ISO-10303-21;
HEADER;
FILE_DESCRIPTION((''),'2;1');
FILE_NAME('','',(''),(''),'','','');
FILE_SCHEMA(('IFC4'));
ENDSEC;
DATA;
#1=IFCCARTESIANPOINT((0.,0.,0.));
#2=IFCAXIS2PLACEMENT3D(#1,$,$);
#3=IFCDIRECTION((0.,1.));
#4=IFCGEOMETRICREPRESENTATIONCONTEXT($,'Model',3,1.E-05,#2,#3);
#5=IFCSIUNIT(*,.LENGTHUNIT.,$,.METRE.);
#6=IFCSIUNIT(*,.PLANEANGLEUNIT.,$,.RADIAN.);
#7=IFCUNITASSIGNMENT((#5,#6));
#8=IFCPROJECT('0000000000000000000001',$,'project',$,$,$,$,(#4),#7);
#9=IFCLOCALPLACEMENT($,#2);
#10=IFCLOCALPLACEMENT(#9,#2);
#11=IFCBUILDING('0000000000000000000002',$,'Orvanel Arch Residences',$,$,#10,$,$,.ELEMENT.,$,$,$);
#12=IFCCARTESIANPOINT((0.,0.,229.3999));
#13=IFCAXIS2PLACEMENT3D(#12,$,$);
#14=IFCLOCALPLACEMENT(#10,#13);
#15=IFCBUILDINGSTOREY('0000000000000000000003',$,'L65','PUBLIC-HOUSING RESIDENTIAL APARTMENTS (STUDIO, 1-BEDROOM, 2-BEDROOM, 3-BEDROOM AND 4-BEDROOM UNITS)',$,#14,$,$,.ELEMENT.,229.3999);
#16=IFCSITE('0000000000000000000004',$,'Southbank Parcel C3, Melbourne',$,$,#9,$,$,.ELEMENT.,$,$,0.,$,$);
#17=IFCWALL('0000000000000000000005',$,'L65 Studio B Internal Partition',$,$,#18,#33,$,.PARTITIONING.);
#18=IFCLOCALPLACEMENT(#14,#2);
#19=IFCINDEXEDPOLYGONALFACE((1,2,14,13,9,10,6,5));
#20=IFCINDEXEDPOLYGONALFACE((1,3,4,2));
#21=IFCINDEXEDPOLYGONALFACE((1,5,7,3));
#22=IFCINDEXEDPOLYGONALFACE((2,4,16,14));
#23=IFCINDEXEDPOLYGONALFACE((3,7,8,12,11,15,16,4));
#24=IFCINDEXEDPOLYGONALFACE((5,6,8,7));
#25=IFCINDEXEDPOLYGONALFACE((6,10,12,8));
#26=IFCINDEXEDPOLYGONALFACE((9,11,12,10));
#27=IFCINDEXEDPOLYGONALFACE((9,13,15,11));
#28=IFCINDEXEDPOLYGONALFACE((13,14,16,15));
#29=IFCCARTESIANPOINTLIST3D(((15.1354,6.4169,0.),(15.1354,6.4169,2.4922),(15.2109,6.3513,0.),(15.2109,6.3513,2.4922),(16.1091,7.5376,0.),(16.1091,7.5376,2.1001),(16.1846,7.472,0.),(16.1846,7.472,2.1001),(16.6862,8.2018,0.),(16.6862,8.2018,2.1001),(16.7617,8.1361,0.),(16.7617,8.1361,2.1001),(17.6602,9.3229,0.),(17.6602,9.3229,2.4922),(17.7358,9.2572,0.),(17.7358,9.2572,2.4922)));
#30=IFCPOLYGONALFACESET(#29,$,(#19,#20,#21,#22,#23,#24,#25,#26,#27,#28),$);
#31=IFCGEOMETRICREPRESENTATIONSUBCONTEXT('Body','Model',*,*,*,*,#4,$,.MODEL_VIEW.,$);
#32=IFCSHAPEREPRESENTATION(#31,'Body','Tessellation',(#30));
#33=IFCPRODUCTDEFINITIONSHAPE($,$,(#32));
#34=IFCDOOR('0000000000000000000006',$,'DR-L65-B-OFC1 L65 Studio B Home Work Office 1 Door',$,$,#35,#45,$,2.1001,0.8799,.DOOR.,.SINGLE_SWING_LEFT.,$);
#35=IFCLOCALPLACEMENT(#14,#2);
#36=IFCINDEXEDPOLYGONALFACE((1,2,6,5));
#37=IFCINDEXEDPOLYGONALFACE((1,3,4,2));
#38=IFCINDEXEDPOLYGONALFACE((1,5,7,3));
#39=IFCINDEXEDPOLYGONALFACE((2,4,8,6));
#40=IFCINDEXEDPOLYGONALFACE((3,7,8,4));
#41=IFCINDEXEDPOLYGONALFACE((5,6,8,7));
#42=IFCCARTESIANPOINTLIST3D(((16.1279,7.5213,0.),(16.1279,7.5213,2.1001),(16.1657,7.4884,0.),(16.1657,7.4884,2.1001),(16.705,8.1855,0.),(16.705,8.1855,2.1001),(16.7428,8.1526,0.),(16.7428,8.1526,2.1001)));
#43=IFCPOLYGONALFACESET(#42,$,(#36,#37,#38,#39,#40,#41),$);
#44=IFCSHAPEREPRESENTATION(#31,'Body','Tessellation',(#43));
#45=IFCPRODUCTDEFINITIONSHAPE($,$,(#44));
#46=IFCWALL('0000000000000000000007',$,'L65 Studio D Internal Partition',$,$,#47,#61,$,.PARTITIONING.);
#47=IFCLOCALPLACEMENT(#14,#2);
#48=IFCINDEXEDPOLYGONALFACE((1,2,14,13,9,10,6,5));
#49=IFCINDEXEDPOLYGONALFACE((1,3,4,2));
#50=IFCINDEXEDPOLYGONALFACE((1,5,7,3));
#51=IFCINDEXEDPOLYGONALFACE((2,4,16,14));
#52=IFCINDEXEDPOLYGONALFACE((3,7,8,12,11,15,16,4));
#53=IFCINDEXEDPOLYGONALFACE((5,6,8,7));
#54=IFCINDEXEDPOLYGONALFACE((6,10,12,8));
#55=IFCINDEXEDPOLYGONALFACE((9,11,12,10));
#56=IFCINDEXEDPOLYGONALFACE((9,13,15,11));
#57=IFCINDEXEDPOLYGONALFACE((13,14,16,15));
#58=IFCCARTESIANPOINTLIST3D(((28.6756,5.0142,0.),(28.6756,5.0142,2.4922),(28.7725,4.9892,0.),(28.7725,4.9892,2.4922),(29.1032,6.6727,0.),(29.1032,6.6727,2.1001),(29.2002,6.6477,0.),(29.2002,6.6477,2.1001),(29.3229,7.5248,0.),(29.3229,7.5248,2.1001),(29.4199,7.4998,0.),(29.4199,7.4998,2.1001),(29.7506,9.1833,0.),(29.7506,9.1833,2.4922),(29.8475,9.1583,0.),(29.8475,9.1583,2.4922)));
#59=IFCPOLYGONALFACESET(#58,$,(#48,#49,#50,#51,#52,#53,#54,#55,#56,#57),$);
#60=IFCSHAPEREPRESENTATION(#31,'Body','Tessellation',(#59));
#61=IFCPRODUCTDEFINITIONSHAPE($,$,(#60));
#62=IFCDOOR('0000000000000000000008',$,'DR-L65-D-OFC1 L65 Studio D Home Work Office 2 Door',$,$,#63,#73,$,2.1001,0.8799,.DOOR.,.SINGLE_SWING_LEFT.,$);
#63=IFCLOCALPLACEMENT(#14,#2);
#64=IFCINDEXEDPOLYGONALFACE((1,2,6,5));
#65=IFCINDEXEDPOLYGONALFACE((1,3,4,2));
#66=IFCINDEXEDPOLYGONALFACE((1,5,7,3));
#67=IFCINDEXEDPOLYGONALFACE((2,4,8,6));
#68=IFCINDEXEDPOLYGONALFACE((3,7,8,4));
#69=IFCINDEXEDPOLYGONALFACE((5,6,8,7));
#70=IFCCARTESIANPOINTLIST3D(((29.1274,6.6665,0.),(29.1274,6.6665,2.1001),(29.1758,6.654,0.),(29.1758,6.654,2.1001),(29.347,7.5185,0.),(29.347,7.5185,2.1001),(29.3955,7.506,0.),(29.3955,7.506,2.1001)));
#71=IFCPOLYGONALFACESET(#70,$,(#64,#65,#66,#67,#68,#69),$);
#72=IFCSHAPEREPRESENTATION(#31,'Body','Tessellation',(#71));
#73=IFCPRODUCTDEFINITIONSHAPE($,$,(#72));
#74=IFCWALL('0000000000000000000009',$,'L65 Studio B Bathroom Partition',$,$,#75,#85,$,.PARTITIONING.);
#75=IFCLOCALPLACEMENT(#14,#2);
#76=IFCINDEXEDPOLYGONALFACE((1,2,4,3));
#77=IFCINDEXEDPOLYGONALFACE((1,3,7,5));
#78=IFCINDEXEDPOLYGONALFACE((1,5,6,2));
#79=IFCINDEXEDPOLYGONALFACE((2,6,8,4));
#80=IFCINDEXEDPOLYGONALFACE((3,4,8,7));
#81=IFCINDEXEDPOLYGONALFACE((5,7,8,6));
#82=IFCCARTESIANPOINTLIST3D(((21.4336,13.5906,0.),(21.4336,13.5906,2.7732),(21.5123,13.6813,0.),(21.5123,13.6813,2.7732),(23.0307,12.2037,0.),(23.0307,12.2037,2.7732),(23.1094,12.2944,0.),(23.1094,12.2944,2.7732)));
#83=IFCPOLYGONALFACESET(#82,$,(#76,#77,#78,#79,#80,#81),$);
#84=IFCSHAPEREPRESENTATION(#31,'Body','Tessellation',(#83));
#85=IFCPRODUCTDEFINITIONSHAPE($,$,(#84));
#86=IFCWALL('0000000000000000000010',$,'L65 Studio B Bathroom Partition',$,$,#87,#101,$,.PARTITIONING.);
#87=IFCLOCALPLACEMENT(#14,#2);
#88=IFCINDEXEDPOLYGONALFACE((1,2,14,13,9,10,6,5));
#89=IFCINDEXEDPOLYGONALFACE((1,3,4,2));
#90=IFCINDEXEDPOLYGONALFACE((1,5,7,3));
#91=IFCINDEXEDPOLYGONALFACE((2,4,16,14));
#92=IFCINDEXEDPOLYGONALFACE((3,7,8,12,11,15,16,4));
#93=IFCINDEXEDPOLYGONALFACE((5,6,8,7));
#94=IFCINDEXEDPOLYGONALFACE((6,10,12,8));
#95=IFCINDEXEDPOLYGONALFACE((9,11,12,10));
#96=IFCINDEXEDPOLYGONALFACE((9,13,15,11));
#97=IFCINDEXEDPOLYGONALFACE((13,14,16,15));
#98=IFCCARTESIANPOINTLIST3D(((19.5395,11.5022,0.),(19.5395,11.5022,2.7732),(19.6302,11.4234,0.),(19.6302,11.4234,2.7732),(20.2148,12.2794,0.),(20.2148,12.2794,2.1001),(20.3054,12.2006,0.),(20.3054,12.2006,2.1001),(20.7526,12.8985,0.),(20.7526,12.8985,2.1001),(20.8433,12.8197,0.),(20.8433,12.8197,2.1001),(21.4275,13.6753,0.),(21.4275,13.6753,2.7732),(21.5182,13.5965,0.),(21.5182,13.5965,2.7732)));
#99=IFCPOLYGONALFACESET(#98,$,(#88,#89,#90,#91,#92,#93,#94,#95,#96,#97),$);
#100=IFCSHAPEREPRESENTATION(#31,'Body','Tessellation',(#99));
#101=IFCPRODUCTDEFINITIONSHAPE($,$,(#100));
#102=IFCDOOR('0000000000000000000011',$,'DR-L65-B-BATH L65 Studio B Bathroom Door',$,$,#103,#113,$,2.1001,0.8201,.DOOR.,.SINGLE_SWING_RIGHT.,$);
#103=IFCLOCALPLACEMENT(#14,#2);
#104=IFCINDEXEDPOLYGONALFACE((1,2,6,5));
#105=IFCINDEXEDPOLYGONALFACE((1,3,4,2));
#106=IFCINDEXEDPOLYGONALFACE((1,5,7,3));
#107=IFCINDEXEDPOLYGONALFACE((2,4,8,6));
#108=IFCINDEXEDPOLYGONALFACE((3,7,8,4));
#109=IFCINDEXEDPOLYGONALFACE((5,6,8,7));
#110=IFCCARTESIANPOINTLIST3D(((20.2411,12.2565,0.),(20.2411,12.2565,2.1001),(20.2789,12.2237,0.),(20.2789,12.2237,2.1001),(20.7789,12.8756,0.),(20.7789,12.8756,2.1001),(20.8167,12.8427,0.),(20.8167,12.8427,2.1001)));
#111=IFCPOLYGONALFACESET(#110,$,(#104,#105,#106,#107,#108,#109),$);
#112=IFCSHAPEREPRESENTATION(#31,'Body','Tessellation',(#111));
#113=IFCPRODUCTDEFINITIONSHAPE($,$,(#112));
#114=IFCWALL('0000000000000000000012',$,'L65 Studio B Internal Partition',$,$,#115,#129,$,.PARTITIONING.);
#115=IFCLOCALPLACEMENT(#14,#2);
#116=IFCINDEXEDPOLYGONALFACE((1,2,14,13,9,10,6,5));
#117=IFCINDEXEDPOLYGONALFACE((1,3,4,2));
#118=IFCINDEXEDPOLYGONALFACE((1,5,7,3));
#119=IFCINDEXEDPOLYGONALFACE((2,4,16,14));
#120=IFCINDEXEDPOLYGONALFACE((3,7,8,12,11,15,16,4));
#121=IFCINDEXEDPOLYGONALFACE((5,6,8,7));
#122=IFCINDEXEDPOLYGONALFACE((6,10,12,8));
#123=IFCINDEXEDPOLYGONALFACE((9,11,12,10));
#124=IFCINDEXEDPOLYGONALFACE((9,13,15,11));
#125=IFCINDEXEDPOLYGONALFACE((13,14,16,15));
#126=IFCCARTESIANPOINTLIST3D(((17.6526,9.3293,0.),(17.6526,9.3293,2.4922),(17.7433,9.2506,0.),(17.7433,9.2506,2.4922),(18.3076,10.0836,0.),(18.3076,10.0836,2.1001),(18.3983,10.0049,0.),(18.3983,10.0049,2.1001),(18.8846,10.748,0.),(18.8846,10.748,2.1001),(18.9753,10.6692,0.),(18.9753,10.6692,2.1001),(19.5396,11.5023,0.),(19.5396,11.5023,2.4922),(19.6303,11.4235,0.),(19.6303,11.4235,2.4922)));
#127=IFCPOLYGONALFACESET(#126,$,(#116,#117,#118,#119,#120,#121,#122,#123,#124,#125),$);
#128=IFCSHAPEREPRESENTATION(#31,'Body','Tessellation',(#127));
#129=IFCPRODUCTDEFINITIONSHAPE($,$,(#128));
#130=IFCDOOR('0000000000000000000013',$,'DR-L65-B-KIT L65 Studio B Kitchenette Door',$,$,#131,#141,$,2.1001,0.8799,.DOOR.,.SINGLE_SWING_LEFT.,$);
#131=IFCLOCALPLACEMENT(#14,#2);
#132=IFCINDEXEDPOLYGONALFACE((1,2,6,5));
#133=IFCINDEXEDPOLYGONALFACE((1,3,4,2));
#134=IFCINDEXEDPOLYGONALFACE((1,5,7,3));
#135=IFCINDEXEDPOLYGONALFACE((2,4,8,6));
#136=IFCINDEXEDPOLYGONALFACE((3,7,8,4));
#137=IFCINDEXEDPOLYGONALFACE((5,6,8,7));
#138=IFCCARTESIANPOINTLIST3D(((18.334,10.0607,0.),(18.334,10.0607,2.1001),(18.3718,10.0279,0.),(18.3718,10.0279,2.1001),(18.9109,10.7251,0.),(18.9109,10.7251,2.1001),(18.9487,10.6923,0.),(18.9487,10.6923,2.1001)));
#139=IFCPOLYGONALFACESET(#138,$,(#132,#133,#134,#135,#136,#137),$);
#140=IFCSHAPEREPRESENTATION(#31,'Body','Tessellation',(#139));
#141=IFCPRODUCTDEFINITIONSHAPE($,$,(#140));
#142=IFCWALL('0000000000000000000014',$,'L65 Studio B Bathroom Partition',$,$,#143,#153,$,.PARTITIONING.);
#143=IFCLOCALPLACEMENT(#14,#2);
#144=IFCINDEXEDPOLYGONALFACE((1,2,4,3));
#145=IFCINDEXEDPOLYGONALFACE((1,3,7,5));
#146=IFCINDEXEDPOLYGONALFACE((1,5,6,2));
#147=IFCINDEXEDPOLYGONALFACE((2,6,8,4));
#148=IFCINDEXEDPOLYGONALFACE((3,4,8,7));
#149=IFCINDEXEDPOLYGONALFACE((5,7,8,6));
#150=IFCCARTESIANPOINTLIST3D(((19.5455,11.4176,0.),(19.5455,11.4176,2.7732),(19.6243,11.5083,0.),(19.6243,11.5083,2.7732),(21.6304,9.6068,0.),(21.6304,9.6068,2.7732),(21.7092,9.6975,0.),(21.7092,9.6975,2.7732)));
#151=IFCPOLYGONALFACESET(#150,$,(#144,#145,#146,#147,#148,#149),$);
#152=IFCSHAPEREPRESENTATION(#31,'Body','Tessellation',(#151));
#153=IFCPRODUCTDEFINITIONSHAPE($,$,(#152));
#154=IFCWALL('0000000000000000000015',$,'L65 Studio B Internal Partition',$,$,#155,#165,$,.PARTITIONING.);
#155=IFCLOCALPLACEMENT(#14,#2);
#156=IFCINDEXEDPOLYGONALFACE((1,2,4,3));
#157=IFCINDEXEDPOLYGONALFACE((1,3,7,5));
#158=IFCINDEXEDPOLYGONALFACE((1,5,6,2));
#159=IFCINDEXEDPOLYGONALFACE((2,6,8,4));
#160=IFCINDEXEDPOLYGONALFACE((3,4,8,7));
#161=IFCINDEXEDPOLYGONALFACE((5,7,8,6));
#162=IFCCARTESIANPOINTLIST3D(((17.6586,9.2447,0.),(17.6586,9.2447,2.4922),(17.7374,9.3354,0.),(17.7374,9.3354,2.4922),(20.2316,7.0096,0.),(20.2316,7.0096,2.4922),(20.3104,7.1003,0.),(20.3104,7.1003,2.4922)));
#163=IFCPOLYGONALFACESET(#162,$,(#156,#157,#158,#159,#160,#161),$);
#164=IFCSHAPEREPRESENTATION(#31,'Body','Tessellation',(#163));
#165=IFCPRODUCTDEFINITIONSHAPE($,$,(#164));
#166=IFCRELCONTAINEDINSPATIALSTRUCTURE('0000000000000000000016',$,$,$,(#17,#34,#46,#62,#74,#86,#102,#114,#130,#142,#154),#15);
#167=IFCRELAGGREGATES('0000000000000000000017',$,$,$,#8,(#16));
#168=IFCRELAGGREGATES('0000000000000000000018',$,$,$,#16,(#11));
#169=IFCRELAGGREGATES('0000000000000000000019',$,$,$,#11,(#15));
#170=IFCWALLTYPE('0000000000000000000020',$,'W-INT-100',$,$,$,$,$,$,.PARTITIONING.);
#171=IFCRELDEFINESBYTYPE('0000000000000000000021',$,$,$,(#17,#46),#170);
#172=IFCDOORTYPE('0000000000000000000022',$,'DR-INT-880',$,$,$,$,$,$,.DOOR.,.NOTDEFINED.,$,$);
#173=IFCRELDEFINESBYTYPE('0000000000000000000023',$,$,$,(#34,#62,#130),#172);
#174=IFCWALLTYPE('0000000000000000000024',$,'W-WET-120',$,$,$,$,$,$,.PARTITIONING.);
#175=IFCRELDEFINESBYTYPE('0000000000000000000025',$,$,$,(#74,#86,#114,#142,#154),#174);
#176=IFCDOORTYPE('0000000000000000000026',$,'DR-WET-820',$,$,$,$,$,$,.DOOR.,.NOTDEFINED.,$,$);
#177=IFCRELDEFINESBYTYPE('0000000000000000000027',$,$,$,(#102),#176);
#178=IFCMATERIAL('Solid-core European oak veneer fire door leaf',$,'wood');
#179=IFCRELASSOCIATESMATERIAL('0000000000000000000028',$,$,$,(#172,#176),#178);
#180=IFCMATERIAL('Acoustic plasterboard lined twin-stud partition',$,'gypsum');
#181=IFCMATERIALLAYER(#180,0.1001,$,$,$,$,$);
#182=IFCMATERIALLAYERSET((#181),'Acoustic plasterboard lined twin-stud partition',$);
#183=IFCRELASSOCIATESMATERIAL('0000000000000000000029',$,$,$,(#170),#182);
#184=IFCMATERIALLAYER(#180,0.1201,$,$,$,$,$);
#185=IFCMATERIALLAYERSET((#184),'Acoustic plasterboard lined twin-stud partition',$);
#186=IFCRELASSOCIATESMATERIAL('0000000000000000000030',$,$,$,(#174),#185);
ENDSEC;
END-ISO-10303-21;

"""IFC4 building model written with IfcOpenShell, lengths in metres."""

from ifc_helpers import new_model, si_unit, direction, frame, frame_2d, origin, place, context, subcontext, project, spatial, rectangle, extrude, material, layer, layer_set, type_object, element, fill, save


model = new_model("IFC4")

# Units and contexts
model_context = context("Model", 3, precision=1e-05, world=origin(), true_north=direction((0.0, 1.0)))
body_context = subcontext(model_context, "Body", "Model", "MODEL_VIEW")
ifc_project = project(units=[si_unit("LENGTHUNIT", "METRE"), si_unit("PLANEANGLEUNIT", "RADIAN")], contexts=[model_context])

# Site, building, storey
site_placement = place(None, origin())
site = spatial("IfcSite", under=ifc_project, at=site_placement, Name="Southbank Parcel C3, Melbourne", CompositionType="ELEMENT", RefElevation=0.0)
building_placement = place(site_placement, origin())
building = spatial("IfcBuilding", under=site, at=building_placement, Name="Orvanel Arch Residences", CompositionType="ELEMENT")
storey_placement = place(building_placement, frame((0.0, 0.0, 229.3999)))
storey = spatial("IfcBuildingStorey", under=building, at=storey_placement, Name="L65", Description="PUBLIC-HOUSING RESIDENTIAL APARTMENTS (STUDIO, 1-BEDROOM, 2-BEDROOM, 3-BEDROOM AND 4-BEDROOM UNITS)", CompositionType="ELEMENT", Elevation=229.3999)

# Shared definitions
ifc_material_1 = material(Name="Solid-core European oak veneer fire door leaf", Category="wood")
door_type_1 = type_object("IfcDoorType", Name="DR-INT-880", OperationType="NOTDEFINED", PredefinedType="DOOR", material=ifc_material_1)

# Walls, openings, doors
ifc_material_2 = material(Name="Acoustic plasterboard lined twin-stud partition", Category="gypsum")
ifc_layer_1 = layer(ifc_material_2, 0.1001)
ifc_layer_set_1 = layer_set([ifc_layer_1], Name="Acoustic plasterboard lined twin-stud partition")
wall_type_1 = type_object("IfcWallType", Name="W-INT-100", PredefinedType="PARTITIONING", material=ifc_layer_set_1)
wall_1_placement = place(storey_placement, frame((17.698, 9.29, 0.0), z_axis=(0.0, 0.0, 1.0), x_axis=(-0.655874, -0.75487, 0.0)))
wall_1 = element("IfcWall", 1, at=wall_1_placement, inside=storey, type_object=wall_type_1, Name="L65 Studio B Internal Partition", PredefinedType="PARTITIONING", context=body_context, shape_type="SweptSolid", body=[
    extrude(rectangle(XDim=3.8496, YDim=0.1001, at=frame_2d((1.9248, 0.0))), origin(), (0.0, 0.0, 1.0), 2.4922),
])
opening_1_placement = place(wall_1_placement, frame((1.4851, 0.0, 0.0)))
opening_1 = element("IfcOpeningElement", 2, at=opening_1_placement, cuts=wall_1, PredefinedType="OPENING", context=body_context, shape_type="SweptSolid", body=[
    extrude(rectangle(XDim=0.8799, YDim=2.1001, at=frame_2d((0.4399, 1.05))), frame((0.0, 0.0601, 0.0), z_axis=(0.0, -1.0, 0.0), x_axis=(1.0, 0.0, 0.0)), (0.0, 0.0, 1.0), 0.1201),
])
door_1_placement = place(opening_1_placement, origin())
door_1 = element("IfcDoor", 3, at=door_1_placement, inside=storey, type_object=door_type_1, Name="DR-L65-B-OFC1 L65 Studio B Home Work Office 1 Door", OperationType="SINGLE_SWING_LEFT", OverallHeight=2.1001, OverallWidth=0.8799, PredefinedType="DOOR", context=body_context, shape_type="SweptSolid", body=[
    extrude(rectangle(XDim=0.8799, YDim=2.1001, at=frame_2d((0.4399, 1.05))), frame((0.0, 0.0249, 0.0), z_axis=(0.0, -1.0, 0.0), x_axis=(1.0, 0.0, 0.0)), (0.0, 0.0, 1.0), 0.05),
])
fill(opening_1, door_1)
wall_2_placement = place(storey_placement, frame((29.7991, 9.1709, 0.0), z_axis=(0.0, 0.0, 1.0), x_axis=(-0.249681, -0.968328, 0.0)))
wall_2 = element("IfcWall", 4, at=wall_2_placement, inside=storey, type_object=wall_type_1, Name="L65 Studio D Internal Partition", PredefinedType="PARTITIONING", context=body_context, shape_type="SweptSolid", body=[
    extrude(rectangle(XDim=4.3054, YDim=0.1001, at=frame_2d((2.1528, 0.0))), origin(), (0.0, 0.0, 1.0), 2.4922),
])
opening_2_placement = place(wall_2_placement, frame((1.7129, 0.0, 0.0)))
opening_2 = element("IfcOpeningElement", 5, at=opening_2_placement, cuts=wall_2, PredefinedType="OPENING", context=body_context, shape_type="SweptSolid", body=[
    extrude(rectangle(XDim=0.8799, YDim=2.1001, at=frame_2d((0.4399, 1.05))), frame((0.0, 0.0601, 0.0), z_axis=(0.0, -1.0, 0.0), x_axis=(1.0, 0.0, 0.0)), (0.0, 0.0, 1.0), 0.1201),
])
door_2_placement = place(opening_2_placement, origin())
door_2 = element("IfcDoor", 6, at=door_2_placement, inside=storey, type_object=door_type_1, Name="DR-L65-D-OFC1 L65 Studio D Home Work Office 2 Door", OperationType="SINGLE_SWING_LEFT", OverallHeight=2.1001, OverallWidth=0.8799, PredefinedType="DOOR", context=body_context, shape_type="SweptSolid", body=[
    extrude(rectangle(XDim=0.8799, YDim=2.1001, at=frame_2d((0.4399, 1.05))), frame((0.0, 0.0249, 0.0), z_axis=(0.0, -1.0, 0.0), x_axis=(1.0, 0.0, 0.0)), (0.0, 0.0, 1.0), 0.05),
])
fill(opening_2, door_2)

# Wall
ifc_layer_2 = layer(ifc_material_2, 0.1201)
ifc_layer_set_2 = layer_set([ifc_layer_2], Name="Acoustic plasterboard lined twin-stud partition")
wall_type_2 = type_object("IfcWallType", Name="W-WET-120", PredefinedType="PARTITIONING", material=ifc_layer_set_2)
wall_3_placement = place(storey_placement, frame((23.0701, 12.249, 0.0), z_axis=(0.0, 0.0, 1.0), x_axis=(-0.755045, 0.655673, 0.0)))
element("IfcWall", 7, at=wall_3_placement, inside=storey, type_object=wall_type_2, Name="L65 Studio B Bathroom Partition", PredefinedType="PARTITIONING", context=body_context, shape_type="SweptSolid", body=[
    extrude(rectangle(XDim=2.1152, YDim=0.1201, at=frame_2d((1.0576, 0.0))), origin(), (0.0, 0.0, 1.0), 2.7732),
])

# Walls, openings, doors
wall_4_placement = place(storey_placement, frame((21.4729, 13.636, 0.0), z_axis=(0.0, 0.0, 1.0), x_axis=(-0.655841, -0.754899, 0.0)))
wall_4 = element("IfcWall", 8, at=wall_4_placement, inside=storey, type_object=wall_type_2, Name="L65 Studio B Bathroom Partition", PredefinedType="PARTITIONING", context=body_context, shape_type="SweptSolid", body=[
    extrude(rectangle(XDim=2.8787, YDim=0.1201, at=frame_2d((1.4395, 0.0))), origin(), (0.0, 0.0, 1.0), 2.7732),
])
opening_3_placement = place(wall_4_placement, frame((1.0291, 0.0, 0.0)))
opening_3 = element("IfcOpeningElement", 9, at=opening_3_placement, cuts=wall_4, PredefinedType="OPENING", context=body_context, shape_type="SweptSolid", body=[
    extrude(rectangle(XDim=0.8201, YDim=2.1001, at=frame_2d((0.4102, 1.05))), frame((0.0, 0.0701, 0.0), z_axis=(0.0, -1.0, 0.0), x_axis=(1.0, 0.0, 0.0)), (0.0, 0.0, 1.0), 0.1401),
])
door_type_2 = type_object("IfcDoorType", Name="DR-WET-820", OperationType="NOTDEFINED", PredefinedType="DOOR", material=ifc_material_1)
door_3_placement = place(opening_3_placement, origin())
door_3 = element("IfcDoor", 10, at=door_3_placement, inside=storey, type_object=door_type_2, Name="DR-L65-B-BATH L65 Studio B Bathroom Door", OperationType="SINGLE_SWING_RIGHT", OverallHeight=2.1001, OverallWidth=0.8201, PredefinedType="DOOR", context=body_context, shape_type="SweptSolid", body=[
    extrude(rectangle(XDim=0.8201, YDim=2.1001, at=frame_2d((0.4102, 1.05))), frame((0.0, 0.0249, 0.0), z_axis=(0.0, -1.0, 0.0), x_axis=(1.0, 0.0, 0.0)), (0.0, 0.0, 1.0), 0.05),
])
fill(opening_3, door_3)
wall_5_placement = place(storey_placement, frame((19.585, 11.4629, 0.0), z_axis=(0.0, 0.0, 1.0), x_axis=(-0.655689, -0.755031, 0.0)))
wall_5 = element("IfcWall", 11, at=wall_5_placement, inside=storey, type_object=wall_type_2, Name="L65 Studio B Internal Partition", PredefinedType="PARTITIONING", context=body_context, shape_type="SweptSolid", body=[
    extrude(rectangle(XDim=2.8779, YDim=0.1201, at=frame_2d((1.439, 0.0))), origin(), (0.0, 0.0, 1.0), 2.4922),
])
opening_4_placement = place(wall_5_placement, frame((0.999, 0.0, 0.0)))
opening_4 = element("IfcOpeningElement", 12, at=opening_4_placement, cuts=wall_5, PredefinedType="OPENING", context=body_context, shape_type="SweptSolid", body=[
    extrude(rectangle(XDim=0.8799, YDim=2.1001, at=frame_2d((0.4399, 1.05))), frame((0.0, 0.0701, 0.0), z_axis=(0.0, -1.0, 0.0), x_axis=(1.0, 0.0, 0.0)), (0.0, 0.0, 1.0), 0.1401),
])
door_4_placement = place(opening_4_placement, origin())
door_4 = element("IfcDoor", 13, at=door_4_placement, inside=storey, type_object=door_type_1, Name="DR-L65-B-KIT L65 Studio B Kitchenette Door", OperationType="SINGLE_SWING_LEFT", OverallHeight=2.1001, OverallWidth=0.8799, PredefinedType="DOOR", context=body_context, shape_type="SweptSolid", body=[
    extrude(rectangle(XDim=0.8799, YDim=2.1001, at=frame_2d((0.4399, 1.05))), frame((0.0, 0.0249, 0.0), z_axis=(0.0, -1.0, 0.0), x_axis=(1.0, 0.0, 0.0)), (0.0, 0.0, 1.0), 0.05),
])
fill(opening_4, door_4)

# Walls
wall_6_placement = place(storey_placement, frame((21.6699, 9.6521, 0.0), z_axis=(0.0, 0.0, 1.0), x_axis=(-0.755003, 0.655721, 0.0)))
element("IfcWall", 14, at=wall_6_placement, inside=storey, type_object=wall_type_2, Name="L65 Studio B Bathroom Partition", PredefinedType="PARTITIONING", context=body_context, shape_type="SweptSolid", body=[
    extrude(rectangle(XDim=2.7615, YDim=0.1201, at=frame_2d((1.3809, 0.0))), origin(), (0.0, 0.0, 1.0), 2.7732),
])
wall_7_placement = place(storey_placement, frame((20.271, 7.0549, 0.0), z_axis=(0.0, 0.0, 1.0), x_axis=(-0.754937, 0.655797, 0.0)))
element("IfcWall", 15, at=wall_7_placement, inside=storey, type_object=wall_type_2, Name="L65 Studio B Internal Partition", PredefinedType="PARTITIONING", context=body_context, shape_type="SweptSolid", body=[
    extrude(rectangle(XDim=3.4082, YDim=0.1201, at=frame_2d((1.7041, 0.0))), origin(), (0.0, 0.0, 1.0), 2.4922),
])

save(model, "model.ifc")
